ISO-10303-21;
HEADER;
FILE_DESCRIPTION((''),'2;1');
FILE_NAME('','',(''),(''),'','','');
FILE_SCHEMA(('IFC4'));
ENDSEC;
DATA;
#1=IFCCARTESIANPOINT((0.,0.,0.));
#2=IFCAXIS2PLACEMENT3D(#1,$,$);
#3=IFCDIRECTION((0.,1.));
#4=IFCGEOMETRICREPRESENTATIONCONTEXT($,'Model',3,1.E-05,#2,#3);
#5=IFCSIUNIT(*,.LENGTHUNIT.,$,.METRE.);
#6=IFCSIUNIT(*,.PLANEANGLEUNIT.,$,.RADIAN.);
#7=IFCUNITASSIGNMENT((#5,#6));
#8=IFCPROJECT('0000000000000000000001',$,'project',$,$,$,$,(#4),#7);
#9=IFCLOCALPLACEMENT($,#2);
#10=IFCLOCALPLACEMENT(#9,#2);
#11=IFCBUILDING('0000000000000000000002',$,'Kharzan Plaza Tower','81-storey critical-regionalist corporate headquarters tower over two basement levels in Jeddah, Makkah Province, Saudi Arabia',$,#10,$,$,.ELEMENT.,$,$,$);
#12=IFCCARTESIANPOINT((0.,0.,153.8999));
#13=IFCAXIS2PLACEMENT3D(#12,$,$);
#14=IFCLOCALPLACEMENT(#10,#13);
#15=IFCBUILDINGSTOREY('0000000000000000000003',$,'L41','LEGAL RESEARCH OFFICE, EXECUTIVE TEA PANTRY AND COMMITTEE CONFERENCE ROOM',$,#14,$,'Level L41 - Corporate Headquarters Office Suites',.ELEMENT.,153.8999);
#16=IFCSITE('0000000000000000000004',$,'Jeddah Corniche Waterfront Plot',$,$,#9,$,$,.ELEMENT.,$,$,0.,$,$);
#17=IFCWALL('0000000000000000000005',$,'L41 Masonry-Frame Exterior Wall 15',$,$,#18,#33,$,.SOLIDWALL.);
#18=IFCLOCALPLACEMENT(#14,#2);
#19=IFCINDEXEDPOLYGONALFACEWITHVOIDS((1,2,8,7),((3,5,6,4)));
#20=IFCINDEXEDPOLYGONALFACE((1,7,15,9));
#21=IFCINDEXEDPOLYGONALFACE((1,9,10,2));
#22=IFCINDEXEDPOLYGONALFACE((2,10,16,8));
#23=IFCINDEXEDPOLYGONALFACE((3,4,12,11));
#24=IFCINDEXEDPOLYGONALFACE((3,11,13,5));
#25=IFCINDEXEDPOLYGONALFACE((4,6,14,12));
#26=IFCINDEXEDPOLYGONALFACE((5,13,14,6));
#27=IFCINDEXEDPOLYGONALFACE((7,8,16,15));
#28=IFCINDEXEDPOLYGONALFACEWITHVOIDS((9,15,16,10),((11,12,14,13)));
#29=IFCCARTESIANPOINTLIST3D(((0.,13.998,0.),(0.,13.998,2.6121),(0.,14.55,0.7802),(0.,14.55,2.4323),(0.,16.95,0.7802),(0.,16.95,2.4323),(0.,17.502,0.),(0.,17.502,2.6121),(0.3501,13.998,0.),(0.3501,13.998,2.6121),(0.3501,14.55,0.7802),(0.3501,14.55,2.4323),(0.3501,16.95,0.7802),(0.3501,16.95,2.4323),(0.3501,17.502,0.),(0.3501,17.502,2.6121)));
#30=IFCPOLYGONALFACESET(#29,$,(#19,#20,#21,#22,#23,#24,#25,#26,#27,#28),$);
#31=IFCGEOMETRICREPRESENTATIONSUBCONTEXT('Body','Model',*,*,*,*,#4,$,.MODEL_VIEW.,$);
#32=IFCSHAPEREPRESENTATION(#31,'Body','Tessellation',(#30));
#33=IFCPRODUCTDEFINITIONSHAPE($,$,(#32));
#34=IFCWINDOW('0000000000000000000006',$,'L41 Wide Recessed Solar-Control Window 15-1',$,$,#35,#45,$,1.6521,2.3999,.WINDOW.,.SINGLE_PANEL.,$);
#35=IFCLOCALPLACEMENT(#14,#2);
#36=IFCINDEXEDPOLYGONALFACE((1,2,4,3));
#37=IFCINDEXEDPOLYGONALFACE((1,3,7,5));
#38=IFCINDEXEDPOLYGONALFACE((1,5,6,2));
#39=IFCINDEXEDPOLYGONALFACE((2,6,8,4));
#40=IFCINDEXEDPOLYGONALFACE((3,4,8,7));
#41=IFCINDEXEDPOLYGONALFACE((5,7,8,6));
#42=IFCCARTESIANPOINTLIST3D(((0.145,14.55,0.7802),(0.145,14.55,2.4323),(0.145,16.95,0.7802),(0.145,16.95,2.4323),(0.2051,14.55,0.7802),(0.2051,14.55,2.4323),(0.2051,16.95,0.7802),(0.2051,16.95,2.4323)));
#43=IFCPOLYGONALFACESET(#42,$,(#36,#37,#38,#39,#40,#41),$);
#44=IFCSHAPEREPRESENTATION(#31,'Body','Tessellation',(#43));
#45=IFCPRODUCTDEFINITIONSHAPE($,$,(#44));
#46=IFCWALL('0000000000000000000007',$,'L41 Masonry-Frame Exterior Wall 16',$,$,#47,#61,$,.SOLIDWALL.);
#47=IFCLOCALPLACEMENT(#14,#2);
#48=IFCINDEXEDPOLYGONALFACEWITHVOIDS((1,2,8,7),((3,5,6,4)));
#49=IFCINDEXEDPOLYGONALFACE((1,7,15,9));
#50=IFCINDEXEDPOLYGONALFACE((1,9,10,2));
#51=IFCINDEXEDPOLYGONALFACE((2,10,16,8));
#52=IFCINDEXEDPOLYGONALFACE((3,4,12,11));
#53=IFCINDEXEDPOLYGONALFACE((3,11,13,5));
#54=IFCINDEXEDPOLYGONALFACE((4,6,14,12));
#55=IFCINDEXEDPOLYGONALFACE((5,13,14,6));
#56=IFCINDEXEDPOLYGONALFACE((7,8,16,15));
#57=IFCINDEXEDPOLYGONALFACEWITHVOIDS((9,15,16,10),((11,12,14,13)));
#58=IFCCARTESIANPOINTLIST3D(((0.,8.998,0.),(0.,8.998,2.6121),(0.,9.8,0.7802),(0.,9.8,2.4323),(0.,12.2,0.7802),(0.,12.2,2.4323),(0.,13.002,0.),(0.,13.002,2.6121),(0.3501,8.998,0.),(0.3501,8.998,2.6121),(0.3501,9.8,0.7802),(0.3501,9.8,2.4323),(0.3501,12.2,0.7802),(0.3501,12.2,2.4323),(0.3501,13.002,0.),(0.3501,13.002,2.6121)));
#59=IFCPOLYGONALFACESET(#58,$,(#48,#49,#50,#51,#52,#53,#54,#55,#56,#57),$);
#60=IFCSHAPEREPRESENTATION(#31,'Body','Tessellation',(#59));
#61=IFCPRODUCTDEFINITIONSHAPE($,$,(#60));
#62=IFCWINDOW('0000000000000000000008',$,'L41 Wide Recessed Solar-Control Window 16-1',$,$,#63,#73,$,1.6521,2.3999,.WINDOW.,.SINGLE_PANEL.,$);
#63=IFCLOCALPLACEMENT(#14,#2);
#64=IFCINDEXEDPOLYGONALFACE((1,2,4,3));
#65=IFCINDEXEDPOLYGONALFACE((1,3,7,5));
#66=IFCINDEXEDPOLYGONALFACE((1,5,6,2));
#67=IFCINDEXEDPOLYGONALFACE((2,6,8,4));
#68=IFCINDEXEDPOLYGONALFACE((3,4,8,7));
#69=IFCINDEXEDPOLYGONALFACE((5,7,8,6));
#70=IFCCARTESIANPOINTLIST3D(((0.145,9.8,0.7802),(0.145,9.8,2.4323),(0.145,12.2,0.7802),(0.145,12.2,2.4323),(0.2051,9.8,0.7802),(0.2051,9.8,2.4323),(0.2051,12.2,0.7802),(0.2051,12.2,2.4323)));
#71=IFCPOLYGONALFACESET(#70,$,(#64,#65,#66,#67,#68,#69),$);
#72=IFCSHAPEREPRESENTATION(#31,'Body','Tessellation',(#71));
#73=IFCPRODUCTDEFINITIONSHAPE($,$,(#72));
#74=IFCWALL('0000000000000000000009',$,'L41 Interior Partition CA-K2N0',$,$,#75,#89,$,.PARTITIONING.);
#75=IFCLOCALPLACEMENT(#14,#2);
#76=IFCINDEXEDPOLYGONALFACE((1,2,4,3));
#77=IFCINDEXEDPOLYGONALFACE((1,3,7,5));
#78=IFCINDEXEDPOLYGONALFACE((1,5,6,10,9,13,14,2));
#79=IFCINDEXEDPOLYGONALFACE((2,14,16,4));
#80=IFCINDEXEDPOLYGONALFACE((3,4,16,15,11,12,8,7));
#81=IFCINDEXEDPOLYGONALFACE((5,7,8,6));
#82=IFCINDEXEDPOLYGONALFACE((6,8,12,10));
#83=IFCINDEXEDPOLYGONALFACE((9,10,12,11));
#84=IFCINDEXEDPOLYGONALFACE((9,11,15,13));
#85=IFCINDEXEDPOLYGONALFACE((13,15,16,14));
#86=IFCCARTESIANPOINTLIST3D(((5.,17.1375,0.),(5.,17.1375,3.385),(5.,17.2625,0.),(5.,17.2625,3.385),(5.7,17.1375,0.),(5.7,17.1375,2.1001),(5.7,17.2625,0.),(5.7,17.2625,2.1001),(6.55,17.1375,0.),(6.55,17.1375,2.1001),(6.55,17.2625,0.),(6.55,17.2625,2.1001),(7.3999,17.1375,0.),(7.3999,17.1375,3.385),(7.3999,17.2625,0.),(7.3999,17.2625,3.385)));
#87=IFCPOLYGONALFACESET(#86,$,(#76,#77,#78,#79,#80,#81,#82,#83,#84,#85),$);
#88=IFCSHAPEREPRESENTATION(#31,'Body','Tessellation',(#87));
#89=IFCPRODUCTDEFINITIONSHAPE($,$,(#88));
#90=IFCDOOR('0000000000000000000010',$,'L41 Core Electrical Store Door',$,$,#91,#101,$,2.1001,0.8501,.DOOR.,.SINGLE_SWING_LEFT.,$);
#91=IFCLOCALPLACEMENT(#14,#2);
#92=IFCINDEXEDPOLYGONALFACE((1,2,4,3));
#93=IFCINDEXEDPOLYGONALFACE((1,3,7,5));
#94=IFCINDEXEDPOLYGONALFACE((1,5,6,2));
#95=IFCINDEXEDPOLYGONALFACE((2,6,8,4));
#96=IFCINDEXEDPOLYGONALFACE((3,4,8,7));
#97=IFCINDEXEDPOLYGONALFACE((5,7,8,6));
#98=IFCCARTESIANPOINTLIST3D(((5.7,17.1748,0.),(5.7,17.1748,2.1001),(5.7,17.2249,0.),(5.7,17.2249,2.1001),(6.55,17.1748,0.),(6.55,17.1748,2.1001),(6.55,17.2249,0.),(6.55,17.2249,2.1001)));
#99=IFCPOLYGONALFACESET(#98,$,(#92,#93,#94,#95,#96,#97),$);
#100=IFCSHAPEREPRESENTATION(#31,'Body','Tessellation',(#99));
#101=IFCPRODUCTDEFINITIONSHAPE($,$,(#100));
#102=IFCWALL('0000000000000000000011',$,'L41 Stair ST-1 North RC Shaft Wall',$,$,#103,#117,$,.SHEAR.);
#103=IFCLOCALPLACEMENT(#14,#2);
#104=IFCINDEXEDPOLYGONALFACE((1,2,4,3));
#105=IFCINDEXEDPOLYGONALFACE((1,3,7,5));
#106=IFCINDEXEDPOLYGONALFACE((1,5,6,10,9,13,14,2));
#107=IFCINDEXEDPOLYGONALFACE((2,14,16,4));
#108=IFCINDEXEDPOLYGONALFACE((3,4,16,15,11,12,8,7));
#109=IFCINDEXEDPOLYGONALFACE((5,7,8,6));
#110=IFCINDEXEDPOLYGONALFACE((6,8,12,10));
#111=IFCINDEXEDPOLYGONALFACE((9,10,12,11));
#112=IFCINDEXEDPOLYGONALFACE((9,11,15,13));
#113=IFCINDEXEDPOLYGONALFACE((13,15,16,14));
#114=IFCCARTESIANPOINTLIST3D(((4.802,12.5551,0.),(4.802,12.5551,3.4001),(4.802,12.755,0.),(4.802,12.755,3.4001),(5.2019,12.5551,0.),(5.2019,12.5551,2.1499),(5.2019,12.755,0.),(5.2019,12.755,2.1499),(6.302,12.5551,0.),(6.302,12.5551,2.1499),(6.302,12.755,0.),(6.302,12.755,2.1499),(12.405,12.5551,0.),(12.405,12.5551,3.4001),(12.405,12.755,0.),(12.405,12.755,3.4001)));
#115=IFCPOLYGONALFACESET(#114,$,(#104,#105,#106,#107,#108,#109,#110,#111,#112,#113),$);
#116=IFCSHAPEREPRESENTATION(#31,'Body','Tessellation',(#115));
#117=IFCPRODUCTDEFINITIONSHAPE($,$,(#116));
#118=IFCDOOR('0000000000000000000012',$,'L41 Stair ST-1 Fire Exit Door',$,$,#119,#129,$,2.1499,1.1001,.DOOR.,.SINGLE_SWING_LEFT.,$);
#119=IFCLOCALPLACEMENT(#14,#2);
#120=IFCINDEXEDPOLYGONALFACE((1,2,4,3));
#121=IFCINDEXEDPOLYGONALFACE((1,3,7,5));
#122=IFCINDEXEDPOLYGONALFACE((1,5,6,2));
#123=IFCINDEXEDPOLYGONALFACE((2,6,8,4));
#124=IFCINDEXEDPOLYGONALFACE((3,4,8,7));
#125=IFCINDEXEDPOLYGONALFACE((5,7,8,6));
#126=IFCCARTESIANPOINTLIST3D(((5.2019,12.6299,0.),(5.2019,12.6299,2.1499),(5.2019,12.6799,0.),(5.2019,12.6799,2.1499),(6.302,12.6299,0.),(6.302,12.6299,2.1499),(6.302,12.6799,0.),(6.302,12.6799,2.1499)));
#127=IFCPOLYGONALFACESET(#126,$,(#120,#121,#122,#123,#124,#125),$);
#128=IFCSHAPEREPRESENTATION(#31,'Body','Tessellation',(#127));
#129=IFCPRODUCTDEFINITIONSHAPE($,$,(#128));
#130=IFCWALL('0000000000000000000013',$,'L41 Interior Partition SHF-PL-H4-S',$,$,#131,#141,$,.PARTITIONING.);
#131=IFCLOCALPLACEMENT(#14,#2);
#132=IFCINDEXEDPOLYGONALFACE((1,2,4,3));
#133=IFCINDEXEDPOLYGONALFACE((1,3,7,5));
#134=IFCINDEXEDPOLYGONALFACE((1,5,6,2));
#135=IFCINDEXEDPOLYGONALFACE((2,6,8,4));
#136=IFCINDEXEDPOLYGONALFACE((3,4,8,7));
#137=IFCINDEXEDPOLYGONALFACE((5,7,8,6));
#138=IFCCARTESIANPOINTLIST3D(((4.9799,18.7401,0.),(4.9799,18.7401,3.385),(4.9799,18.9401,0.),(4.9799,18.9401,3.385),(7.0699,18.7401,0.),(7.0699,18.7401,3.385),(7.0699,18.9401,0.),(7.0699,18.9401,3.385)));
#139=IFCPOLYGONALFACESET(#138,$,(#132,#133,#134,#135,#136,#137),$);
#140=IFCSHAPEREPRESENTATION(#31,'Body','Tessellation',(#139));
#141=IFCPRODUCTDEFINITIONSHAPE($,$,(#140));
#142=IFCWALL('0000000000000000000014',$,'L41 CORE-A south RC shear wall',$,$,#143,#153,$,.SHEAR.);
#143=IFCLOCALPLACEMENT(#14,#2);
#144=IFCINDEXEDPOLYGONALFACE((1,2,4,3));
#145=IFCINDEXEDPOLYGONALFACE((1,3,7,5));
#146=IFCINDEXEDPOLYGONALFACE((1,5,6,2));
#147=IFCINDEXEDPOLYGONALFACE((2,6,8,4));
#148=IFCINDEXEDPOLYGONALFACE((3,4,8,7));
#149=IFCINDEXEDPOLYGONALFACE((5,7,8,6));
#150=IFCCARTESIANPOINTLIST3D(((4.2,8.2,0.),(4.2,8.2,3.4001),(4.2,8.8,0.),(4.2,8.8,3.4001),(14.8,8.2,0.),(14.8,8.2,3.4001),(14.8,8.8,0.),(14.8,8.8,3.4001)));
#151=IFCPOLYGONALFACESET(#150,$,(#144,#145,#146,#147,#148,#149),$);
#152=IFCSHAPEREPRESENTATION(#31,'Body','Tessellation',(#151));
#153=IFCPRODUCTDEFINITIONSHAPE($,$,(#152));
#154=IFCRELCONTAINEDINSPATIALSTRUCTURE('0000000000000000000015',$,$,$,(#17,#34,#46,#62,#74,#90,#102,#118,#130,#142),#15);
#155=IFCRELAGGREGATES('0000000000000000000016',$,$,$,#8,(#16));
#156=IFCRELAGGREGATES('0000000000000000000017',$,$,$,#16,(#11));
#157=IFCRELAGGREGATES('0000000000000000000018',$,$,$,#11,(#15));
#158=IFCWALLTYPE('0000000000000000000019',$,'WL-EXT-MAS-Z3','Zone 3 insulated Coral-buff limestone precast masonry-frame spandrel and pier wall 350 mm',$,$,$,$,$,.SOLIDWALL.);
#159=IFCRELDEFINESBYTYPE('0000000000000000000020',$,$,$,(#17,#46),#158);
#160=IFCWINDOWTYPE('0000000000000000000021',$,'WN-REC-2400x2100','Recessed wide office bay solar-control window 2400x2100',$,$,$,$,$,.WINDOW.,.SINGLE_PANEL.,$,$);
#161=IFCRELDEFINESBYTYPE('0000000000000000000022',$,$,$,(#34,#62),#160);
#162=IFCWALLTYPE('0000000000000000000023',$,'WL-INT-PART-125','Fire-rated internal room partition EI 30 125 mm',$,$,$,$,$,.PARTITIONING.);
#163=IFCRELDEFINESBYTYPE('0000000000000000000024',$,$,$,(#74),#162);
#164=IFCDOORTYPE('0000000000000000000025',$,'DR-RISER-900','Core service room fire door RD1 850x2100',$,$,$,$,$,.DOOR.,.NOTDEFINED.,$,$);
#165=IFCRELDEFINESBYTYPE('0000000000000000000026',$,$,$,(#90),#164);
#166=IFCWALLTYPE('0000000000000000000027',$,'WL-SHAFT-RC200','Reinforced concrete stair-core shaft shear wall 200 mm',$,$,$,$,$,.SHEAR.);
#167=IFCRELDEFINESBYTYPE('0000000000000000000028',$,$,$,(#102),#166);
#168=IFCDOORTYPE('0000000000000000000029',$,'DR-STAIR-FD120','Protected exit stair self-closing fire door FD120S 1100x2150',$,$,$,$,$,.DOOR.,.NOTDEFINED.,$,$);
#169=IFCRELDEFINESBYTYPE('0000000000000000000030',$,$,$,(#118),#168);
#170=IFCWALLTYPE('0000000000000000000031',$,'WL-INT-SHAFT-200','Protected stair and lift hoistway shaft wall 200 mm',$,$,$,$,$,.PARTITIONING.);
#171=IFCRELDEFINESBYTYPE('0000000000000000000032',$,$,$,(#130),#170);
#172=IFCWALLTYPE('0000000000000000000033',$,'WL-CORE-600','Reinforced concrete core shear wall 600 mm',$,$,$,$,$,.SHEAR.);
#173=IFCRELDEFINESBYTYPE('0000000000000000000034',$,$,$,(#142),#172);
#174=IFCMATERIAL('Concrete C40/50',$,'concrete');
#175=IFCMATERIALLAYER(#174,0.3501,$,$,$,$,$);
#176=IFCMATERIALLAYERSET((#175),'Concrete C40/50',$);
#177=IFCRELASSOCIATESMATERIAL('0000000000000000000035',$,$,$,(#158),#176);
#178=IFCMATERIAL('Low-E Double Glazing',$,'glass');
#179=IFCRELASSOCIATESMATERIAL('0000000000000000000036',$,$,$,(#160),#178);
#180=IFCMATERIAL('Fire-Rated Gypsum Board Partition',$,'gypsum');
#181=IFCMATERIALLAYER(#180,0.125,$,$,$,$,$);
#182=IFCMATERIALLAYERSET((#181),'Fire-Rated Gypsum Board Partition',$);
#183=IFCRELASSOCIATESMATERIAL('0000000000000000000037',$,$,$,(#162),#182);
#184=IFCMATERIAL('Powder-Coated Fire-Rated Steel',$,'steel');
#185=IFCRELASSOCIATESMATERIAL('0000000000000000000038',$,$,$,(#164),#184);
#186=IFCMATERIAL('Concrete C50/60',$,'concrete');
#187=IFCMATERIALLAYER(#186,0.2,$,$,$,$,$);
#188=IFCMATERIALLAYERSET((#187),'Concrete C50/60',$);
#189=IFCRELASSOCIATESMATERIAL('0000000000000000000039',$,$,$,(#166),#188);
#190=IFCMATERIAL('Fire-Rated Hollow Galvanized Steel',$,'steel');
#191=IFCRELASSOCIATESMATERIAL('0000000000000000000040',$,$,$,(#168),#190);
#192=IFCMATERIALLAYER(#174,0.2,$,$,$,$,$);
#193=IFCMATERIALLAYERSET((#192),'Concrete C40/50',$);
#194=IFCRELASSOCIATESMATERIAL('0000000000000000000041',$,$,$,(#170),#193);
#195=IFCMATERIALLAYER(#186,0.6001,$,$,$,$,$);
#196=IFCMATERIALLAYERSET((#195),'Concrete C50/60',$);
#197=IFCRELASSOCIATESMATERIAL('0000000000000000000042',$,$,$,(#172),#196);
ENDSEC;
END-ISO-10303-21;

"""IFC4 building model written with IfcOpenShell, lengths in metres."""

from ifc_helpers import new_model, si_unit, direction, frame, frame_2d, origin, place, context, subcontext, project, spatial, rectangle, extrude, source, transform, mapped, material, layer, layer_set, type_object, element, fill, save


model = new_model("IFC4")

# Units and contexts
model_context = context("Model", 3, precision=1e-05, world=origin(), true_north=direction((0.0, 1.0)))
body_context = subcontext(model_context, "Body", "Model", "MODEL_VIEW")
ifc_project = project(units=[si_unit("LENGTHUNIT", "METRE"), si_unit("PLANEANGLEUNIT", "RADIAN")], contexts=[model_context])

# Site, building, storey
site_placement = place(None, origin())
site = spatial("IfcSite", under=ifc_project, at=site_placement, Name="Jeddah Corniche Waterfront Plot", CompositionType="ELEMENT", RefElevation=0.0)
building_placement = place(site_placement, origin())
building = spatial("IfcBuilding", under=site, at=building_placement, Name="Kharzan Plaza Tower", Description="81-storey critical-regionalist corporate headquarters tower over two basement levels in Jeddah, Makkah Province, Saudi Arabia", CompositionType="ELEMENT")
storey_placement = place(building_placement, frame((0.0, 0.0, 153.8999)))
storey = spatial("IfcBuildingStorey", under=building, at=storey_placement, Name="L41", Description="LEGAL RESEARCH OFFICE, EXECUTIVE TEA PANTRY AND COMMITTEE CONFERENCE ROOM", LongName="Level L41 - Corporate Headquarters Office Suites", CompositionType="ELEMENT", Elevation=153.8999)

# Shared definitions
ifc_material_1 = material(Name="Concrete C50/60", Category="concrete")

# Walls, openings, windows
ifc_material_2 = material(Name="Concrete C40/50", Category="concrete")
ifc_layer_1 = layer(ifc_material_2, 0.3501)
ifc_layer_set_1 = layer_set([ifc_layer_1], Name="Concrete C40/50")
wall_type_1 = type_object("IfcWallType", Name="WL-EXT-MAS-Z3", Description="Zone 3 insulated Coral-buff limestone precast masonry-frame spandrel and pier wall 350 mm", PredefinedType="SOLIDWALL", material=ifc_layer_set_1)
wall_1_placement = place(storey_placement, frame((0.175, 17.502, 0.0), z_axis=(0.0, 0.0, 1.0), x_axis=(0.0, -1.0, 0.0)))
wall_1 = element("IfcWall", 1, at=wall_1_placement, inside=storey, type_object=wall_type_1, Name="L41 Masonry-Frame Exterior Wall 15", PredefinedType="SOLIDWALL", context=body_context, shape_type="SweptSolid", body=[
    extrude(rectangle(XDim=3.5039, YDim=0.3501, at=frame_2d((1.752, 0.0))), origin(), (0.0, 0.0, 1.0), 2.6121),
])
opening_1_placement = place(wall_1_placement, frame((0.552, 0.0, 0.78)))
opening_1 = element("IfcOpeningElement", 2, at=opening_1_placement, cuts=wall_1, PredefinedType="OPENING", context=body_context, shape_type="SweptSolid", body=[
    extrude(rectangle(XDim=2.3999, YDim=1.6521, at=frame_2d((1.2, 0.8262))), frame((0.0, 0.1851, 0.0), z_axis=(0.0, -1.0, 0.0), x_axis=(1.0, 0.0, 0.0)), (0.0, 0.0, 1.0), 0.3701),
])
ifc_material_3 = material(Name="Low-E Double Glazing", Category="glass")
window_type = type_object("IfcWindowType", Name="WN-REC-2400x2100", Description="Recessed wide office bay solar-control window 2400x2100", PartitioningType="SINGLE_PANEL", PredefinedType="WINDOW", material=ifc_material_3)
shared_shape_1 = source(origin(), body_context, "Body", "SweptSolid", [
    extrude(rectangle(XDim=2.3999, YDim=1.6521, at=frame_2d((1.2, 0.8262))), frame((0.0, 0.03, 0.0), z_axis=(0.0, -1.0, 0.0), x_axis=(1.0, 0.0, 0.0)), (0.0, 0.0, 1.0), 0.0601),
])
window_1_placement = place(opening_1_placement, origin())
window_1 = element("IfcWindow", 3, at=window_1_placement, inside=storey, type_object=window_type, Name="L41 Wide Recessed Solar-Control Window 15-1", OverallHeight=1.6521, OverallWidth=2.3999, PartitioningType="SINGLE_PANEL", PredefinedType="WINDOW", context=body_context, shape_type="MappedRepresentation", body=[
    mapped(shared_shape_1, transform((0.0, 0.0, 0.0), x_axis=(1.0, 0.0, 0.0), y_axis=(0.0, 1.0, 0.0), z_axis=(0.0, 0.0, 1.0))),
])
fill(opening_1, window_1)
wall_2_placement = place(storey_placement, frame((0.175, 13.002, 0.0), z_axis=(0.0, 0.0, 1.0), x_axis=(0.0, -1.0, 0.0)))
wall_2 = element("IfcWall", 4, at=wall_2_placement, inside=storey, type_object=wall_type_1, Name="L41 Masonry-Frame Exterior Wall 16", PredefinedType="SOLIDWALL", context=body_context, shape_type="SweptSolid", body=[
    extrude(rectangle(XDim=4.0039, YDim=0.3501, at=frame_2d((2.002, 0.0))), origin(), (0.0, 0.0, 1.0), 2.6121),
])
opening_2_placement = place(wall_2_placement, frame((0.802, 0.0, 0.78)))
opening_2 = element("IfcOpeningElement", 5, at=opening_2_placement, cuts=wall_2, PredefinedType="OPENING", context=body_context, shape_type="SweptSolid", body=[
    extrude(rectangle(XDim=2.3999, YDim=1.6521, at=frame_2d((1.2, 0.8262))), frame((0.0, 0.1851, 0.0), z_axis=(0.0, -1.0, 0.0), x_axis=(1.0, 0.0, 0.0)), (0.0, 0.0, 1.0), 0.3701),
])
window_2_placement = place(opening_2_placement, origin())
window_2 = element("IfcWindow", 6, at=window_2_placement, inside=storey, type_object=window_type, Name="L41 Wide Recessed Solar-Control Window 16-1", OverallHeight=1.6521, OverallWidth=2.3999, PartitioningType="SINGLE_PANEL", PredefinedType="WINDOW", context=body_context, shape_type="MappedRepresentation", body=[
    mapped(shared_shape_1, transform((0.0, 0.0, 0.0), x_axis=(1.0, 0.0, 0.0), y_axis=(0.0, 1.0, 0.0), z_axis=(0.0, 0.0, 1.0))),
])
fill(opening_2, window_2)

# Walls, openings, doors
ifc_material_4 = material(Name="Fire-Rated Gypsum Board Partition", Category="gypsum")
ifc_layer_2 = layer(ifc_material_4, 0.125)
ifc_layer_set_2 = layer_set([ifc_layer_2], Name="Fire-Rated Gypsum Board Partition")
wall_type_2 = type_object("IfcWallType", Name="WL-INT-PART-125", Description="Fire-rated internal room partition EI 30 125 mm", PredefinedType="PARTITIONING", material=ifc_layer_set_2)
wall_3_placement = place(storey_placement, frame((5.0, 17.2, 0.0), z_axis=(0.0, 0.0, 1.0), x_axis=(1.0, 0.0, 0.0)))
wall_3 = element("IfcWall", 7, at=wall_3_placement, inside=storey, type_object=wall_type_2, Name="L41 Interior Partition CA-K2N0", PredefinedType="PARTITIONING", context=body_context, shape_type="SweptSolid", body=[
    extrude(rectangle(XDim=2.3999, YDim=0.125, at=frame_2d((1.2, 0.0))), origin(), (0.0, 0.0, 1.0), 3.385),
])
opening_3_placement = place(wall_3_placement, frame((0.7, 0.0, 0.0)))
opening_3 = element("IfcOpeningElement", 8, at=opening_3_placement, cuts=wall_3, PredefinedType="OPENING", context=body_context, shape_type="SweptSolid", body=[
    extrude(rectangle(XDim=0.8501, YDim=2.1001, at=frame_2d((0.425, 1.05))), frame((0.0, 0.0725, 0.0), z_axis=(0.0, -1.0, 0.0), x_axis=(1.0, 0.0, 0.0)), (0.0, 0.0, 1.0), 0.145),
])
ifc_material_5 = material(Name="Powder-Coated Fire-Rated Steel", Category="steel")
door_type_1 = type_object("IfcDoorType", Name="DR-RISER-900", Description="Core service room fire door RD1 850x2100", OperationType="NOTDEFINED", PredefinedType="DOOR", material=ifc_material_5)
shared_shape_2 = source(origin(), body_context, "Body", "SweptSolid", [
    extrude(rectangle(XDim=0.8501, YDim=2.1001, at=frame_2d((0.425, 1.05))), frame((0.0, 0.0249, 0.0), z_axis=(0.0, -1.0, 0.0), x_axis=(1.0, 0.0, 0.0)), (0.0, 0.0, 1.0), 0.05),
])
door_1_placement = place(opening_3_placement, origin())
door_1 = element("IfcDoor", 9, at=door_1_placement, inside=storey, type_object=door_type_1, Name="L41 Core Electrical Store Door", OperationType="SINGLE_SWING_LEFT", OverallHeight=2.1001, OverallWidth=0.8501, PredefinedType="DOOR", context=body_context, shape_type="MappedRepresentation", body=[
    mapped(shared_shape_2, transform((0.0, 0.0, 0.0), x_axis=(1.0, 0.0, 0.0), y_axis=(0.0, 1.0, 0.0), z_axis=(0.0, 0.0, 1.0))),
])
fill(opening_3, door_1)
ifc_layer_3 = layer(ifc_material_1, 0.2)
ifc_layer_set_3 = layer_set([ifc_layer_3], Name="Concrete C50/60")
wall_type_3 = type_object("IfcWallType", Name="WL-SHAFT-RC200", Description="Reinforced concrete stair-core shaft shear wall 200 mm", PredefinedType="SHEAR", material=ifc_layer_set_3)
wall_4_placement = place(storey_placement, frame((4.802, 12.655, 0.0), z_axis=(0.0, 0.0, 1.0), x_axis=(1.0, 0.0, 0.0)))
wall_4 = element("IfcWall", 10, at=wall_4_placement, inside=storey, type_object=wall_type_3, Name="L41 Stair ST-1 North RC Shaft Wall", PredefinedType="SHEAR", context=body_context, shape_type="SweptSolid", body=[
    extrude(rectangle(XDim=7.603, YDim=0.2, at=frame_2d((3.8015, 0.0))), origin(), (0.0, 0.0, 1.0), 3.4001),
])
opening_4_placement = place(wall_4_placement, frame((0.3999, 0.0, 0.0)))
opening_4 = element("IfcOpeningElement", 11, at=opening_4_placement, cuts=wall_4, PredefinedType="OPENING", context=body_context, shape_type="SweptSolid", body=[
    extrude(rectangle(XDim=1.1001, YDim=2.1499, at=frame_2d((0.55, 1.075))), frame((0.0, 0.1099, 0.0), z_axis=(0.0, -1.0, 0.0), x_axis=(1.0, 0.0, 0.0)), (0.0, 0.0, 1.0), 0.22),
])
ifc_material_6 = material(Name="Fire-Rated Hollow Galvanized Steel", Category="steel")
door_type_2 = type_object("IfcDoorType", Name="DR-STAIR-FD120", Description="Protected exit stair self-closing fire door FD120S 1100x2150", OperationType="NOTDEFINED", PredefinedType="DOOR", material=ifc_material_6)
shared_shape_3 = source(origin(), body_context, "Body", "SweptSolid", [
    extrude(rectangle(XDim=1.1001, YDim=2.1499, at=frame_2d((0.55, 1.075))), frame((0.0, 0.0249, 0.0), z_axis=(0.0, -1.0, 0.0), x_axis=(1.0, 0.0, 0.0)), (0.0, 0.0, 1.0), 0.05),
])
door_2_placement = place(opening_4_placement, origin())
door_2 = element("IfcDoor", 12, at=door_2_placement, inside=storey, type_object=door_type_2, Name="L41 Stair ST-1 Fire Exit Door", OperationType="SINGLE_SWING_LEFT", OverallHeight=2.1499, OverallWidth=1.1001, PredefinedType="DOOR", context=body_context, shape_type="MappedRepresentation", body=[
    mapped(shared_shape_3, transform((0.0, 0.0, 0.0), x_axis=(1.0, 0.0, 0.0), y_axis=(0.0, 1.0, 0.0), z_axis=(0.0, 0.0, 1.0))),
])
fill(opening_4, door_2)

# Walls
ifc_layer_4 = layer(ifc_material_2, 0.2)
ifc_layer_set_4 = layer_set([ifc_layer_4], Name="Concrete C40/50")
wall_type_4 = type_object("IfcWallType", Name="WL-INT-SHAFT-200", Description="Protected stair and lift hoistway shaft wall 200 mm", PredefinedType="PARTITIONING", material=ifc_layer_set_4)
shared_shape_4 = source(origin(), body_context, "Body", "SweptSolid", [
    extrude(rectangle(XDim=2.0901, YDim=0.2, at=frame_2d((1.0449, 0.0))), origin(), (0.0, 0.0, 1.0), 3.385),
])
wall_5_placement = place(storey_placement, frame((4.98, 18.8401, 0.0), z_axis=(0.0, 0.0, 1.0), x_axis=(1.0, 0.0, 0.0)))
element("IfcWall", 13, at=wall_5_placement, inside=storey, type_object=wall_type_4, Name="L41 Interior Partition SHF-PL-H4-S", PredefinedType="PARTITIONING", context=body_context, shape_type="MappedRepresentation", body=[
    mapped(shared_shape_4, transform((0.0, 0.0, 0.0), x_axis=(1.0, 0.0, 0.0), y_axis=(0.0, 1.0, 0.0), z_axis=(0.0, 0.0, 1.0))),
])
ifc_layer_5 = layer(ifc_material_1, 0.6001)
ifc_layer_set_5 = layer_set([ifc_layer_5], Name="Concrete C50/60")
wall_type_5 = type_object("IfcWallType", Name="WL-CORE-600", Description="Reinforced concrete core shear wall 600 mm", PredefinedType="SHEAR", material=ifc_layer_set_5)
shared_shape_5 = source(origin(), body_context, "Body", "SweptSolid", [
    extrude(rectangle(XDim=10.6001, YDim=0.6001, at=frame_2d((5.3, 0.0))), origin(), (0.0, 0.0, 1.0), 3.4001),
])
wall_6_placement = place(storey_placement, frame((4.2, 8.5, 0.0), z_axis=(0.0, 0.0, 1.0), x_axis=(1.0, 0.0, 0.0)))
element("IfcWall", 14, at=wall_6_placement, inside=storey, type_object=wall_type_5, Name="L41 CORE-A south RC shear wall", PredefinedType="SHEAR", context=body_context, shape_type="MappedRepresentation", body=[
    mapped(shared_shape_5, transform((0.0, 0.0, 0.0), x_axis=(1.0, 0.0, 0.0), y_axis=(0.0, 1.0, 0.0), z_axis=(0.0, 0.0, 1.0))),
])

save(model, "model.ifc")
